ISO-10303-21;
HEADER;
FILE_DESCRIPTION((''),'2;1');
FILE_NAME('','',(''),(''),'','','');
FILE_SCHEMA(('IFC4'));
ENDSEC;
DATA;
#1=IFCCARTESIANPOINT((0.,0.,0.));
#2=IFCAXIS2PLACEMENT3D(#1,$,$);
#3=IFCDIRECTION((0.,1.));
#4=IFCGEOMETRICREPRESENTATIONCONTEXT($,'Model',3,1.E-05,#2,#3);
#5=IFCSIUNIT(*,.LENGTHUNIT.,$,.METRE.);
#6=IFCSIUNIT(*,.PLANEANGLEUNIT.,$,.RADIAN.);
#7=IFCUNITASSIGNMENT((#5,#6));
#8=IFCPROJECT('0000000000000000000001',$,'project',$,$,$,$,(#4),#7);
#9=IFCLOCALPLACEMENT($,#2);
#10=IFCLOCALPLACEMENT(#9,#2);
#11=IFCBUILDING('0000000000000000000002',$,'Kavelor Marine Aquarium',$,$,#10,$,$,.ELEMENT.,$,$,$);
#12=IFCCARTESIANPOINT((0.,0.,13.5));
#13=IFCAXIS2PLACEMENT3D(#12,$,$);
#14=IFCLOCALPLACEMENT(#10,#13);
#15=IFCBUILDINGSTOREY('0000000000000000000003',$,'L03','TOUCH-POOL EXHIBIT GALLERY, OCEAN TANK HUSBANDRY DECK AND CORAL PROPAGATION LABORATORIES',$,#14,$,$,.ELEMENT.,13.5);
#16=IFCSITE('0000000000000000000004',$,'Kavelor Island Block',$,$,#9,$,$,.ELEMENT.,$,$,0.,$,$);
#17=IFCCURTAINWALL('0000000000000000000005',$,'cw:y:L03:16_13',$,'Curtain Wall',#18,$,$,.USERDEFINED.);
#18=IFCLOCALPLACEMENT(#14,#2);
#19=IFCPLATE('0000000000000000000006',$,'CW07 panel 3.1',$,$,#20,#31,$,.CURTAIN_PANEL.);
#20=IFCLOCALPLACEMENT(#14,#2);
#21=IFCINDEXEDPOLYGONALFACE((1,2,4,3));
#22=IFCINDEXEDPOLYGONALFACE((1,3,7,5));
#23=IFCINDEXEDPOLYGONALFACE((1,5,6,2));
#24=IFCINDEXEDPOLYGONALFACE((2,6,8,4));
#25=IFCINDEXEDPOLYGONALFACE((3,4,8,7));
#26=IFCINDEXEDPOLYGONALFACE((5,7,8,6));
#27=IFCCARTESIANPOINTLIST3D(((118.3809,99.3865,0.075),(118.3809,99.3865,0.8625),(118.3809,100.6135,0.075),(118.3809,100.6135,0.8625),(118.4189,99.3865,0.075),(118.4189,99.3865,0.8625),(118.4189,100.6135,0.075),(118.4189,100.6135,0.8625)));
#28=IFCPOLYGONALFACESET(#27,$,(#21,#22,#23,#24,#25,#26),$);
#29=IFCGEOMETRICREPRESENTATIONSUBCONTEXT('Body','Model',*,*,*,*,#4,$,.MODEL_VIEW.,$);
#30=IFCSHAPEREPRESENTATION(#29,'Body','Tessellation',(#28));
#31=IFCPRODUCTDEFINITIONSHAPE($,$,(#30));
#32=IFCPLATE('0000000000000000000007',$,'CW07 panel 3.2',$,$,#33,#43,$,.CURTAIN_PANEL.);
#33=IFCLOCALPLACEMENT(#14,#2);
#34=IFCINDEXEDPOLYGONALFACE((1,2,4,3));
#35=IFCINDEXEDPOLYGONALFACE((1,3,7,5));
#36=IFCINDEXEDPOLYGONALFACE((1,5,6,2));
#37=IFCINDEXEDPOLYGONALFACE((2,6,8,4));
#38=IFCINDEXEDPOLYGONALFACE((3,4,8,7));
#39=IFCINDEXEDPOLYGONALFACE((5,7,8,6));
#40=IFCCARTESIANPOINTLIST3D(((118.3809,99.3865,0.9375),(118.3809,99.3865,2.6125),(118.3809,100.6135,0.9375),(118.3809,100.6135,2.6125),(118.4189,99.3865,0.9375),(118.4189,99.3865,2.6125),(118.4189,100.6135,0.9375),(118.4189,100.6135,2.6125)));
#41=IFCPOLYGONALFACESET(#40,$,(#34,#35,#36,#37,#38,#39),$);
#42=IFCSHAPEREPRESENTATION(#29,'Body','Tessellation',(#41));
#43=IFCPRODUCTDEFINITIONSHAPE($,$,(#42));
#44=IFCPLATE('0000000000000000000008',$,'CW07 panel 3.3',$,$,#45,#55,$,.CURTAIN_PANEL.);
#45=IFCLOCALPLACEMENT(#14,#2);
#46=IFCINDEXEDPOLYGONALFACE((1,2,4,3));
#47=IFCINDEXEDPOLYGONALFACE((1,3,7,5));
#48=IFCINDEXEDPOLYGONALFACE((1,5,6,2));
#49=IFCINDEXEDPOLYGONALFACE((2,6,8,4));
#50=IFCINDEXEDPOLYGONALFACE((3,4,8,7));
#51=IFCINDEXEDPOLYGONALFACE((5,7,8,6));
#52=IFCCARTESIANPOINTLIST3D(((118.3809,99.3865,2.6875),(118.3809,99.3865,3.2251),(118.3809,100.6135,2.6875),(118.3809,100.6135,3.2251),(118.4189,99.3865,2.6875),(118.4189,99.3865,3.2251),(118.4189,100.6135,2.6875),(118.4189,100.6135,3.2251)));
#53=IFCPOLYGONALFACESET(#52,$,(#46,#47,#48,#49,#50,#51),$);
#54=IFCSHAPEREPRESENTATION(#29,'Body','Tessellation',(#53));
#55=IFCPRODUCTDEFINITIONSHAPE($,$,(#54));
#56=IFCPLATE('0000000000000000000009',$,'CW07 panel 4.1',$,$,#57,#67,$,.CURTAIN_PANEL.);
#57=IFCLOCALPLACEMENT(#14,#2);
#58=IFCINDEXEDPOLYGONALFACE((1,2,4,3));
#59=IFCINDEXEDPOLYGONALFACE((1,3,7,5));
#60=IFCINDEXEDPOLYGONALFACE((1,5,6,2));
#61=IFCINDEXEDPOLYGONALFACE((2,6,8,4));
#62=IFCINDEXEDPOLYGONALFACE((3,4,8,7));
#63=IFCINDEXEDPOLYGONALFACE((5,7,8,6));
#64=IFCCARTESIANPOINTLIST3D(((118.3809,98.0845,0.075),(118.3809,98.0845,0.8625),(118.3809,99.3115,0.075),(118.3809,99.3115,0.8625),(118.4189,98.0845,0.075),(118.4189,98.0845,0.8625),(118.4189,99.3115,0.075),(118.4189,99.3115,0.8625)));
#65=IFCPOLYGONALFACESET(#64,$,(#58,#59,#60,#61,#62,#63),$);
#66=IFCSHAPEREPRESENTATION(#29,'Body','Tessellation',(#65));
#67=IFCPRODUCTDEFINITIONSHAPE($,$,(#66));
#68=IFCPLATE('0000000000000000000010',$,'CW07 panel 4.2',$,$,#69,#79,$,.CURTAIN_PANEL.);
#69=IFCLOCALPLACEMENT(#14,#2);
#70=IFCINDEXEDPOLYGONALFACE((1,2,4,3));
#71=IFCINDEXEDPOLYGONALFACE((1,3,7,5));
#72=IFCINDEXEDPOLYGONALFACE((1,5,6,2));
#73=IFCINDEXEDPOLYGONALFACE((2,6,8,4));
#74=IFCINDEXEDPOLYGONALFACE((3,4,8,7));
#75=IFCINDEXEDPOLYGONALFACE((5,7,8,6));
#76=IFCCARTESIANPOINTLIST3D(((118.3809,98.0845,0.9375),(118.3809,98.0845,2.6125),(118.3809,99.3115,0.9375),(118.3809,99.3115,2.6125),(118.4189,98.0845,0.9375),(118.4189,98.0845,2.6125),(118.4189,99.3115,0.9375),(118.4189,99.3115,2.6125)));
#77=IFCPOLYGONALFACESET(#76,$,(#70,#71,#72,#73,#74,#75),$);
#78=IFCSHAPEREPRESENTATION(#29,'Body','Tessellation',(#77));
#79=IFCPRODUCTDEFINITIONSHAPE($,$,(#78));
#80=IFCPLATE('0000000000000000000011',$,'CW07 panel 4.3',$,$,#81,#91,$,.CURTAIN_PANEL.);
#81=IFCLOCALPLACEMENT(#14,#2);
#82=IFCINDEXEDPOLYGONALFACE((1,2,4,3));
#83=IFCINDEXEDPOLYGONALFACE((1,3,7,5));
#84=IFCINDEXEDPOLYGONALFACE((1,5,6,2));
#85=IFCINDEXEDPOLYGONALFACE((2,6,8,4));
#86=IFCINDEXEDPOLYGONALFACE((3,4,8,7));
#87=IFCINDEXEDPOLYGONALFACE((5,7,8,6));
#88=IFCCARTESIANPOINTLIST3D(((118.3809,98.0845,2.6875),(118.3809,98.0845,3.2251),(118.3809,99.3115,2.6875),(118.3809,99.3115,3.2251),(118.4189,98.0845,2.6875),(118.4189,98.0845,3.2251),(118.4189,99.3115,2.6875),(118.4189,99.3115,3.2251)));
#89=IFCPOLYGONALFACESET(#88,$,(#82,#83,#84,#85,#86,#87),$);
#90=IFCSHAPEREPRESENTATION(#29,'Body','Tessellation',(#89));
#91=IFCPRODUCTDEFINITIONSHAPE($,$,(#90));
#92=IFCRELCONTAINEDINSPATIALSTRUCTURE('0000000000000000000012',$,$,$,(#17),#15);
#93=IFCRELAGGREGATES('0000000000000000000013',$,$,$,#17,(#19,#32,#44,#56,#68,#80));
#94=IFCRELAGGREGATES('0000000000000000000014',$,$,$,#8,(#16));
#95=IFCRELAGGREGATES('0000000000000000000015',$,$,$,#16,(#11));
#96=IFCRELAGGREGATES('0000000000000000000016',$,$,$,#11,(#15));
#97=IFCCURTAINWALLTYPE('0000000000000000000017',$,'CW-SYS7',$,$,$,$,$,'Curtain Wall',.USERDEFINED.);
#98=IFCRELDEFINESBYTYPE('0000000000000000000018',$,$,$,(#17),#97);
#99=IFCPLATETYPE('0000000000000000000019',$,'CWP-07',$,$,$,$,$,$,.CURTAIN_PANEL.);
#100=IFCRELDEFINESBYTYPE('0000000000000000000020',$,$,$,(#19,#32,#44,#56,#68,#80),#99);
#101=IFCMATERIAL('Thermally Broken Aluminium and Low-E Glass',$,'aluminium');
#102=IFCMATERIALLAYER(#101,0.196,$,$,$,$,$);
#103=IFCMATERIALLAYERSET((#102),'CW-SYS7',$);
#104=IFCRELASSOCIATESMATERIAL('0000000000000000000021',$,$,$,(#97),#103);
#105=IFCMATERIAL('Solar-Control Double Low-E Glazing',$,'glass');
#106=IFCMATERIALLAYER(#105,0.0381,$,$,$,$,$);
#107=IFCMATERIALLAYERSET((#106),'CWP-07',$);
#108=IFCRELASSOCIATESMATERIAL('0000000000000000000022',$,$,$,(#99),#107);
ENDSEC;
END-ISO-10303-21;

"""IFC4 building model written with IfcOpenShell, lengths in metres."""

from ifc_helpers import new_model, si_unit, direction, frame, origin, origin_2d, place, context, subcontext, project, spatial, rectangle, extrude, material, layer, layer_set, type_object, element, aggregate, save


model = new_model("IFC4")

# Units and contexts
model_context = context("Model", 3, precision=1e-05, world=origin(), true_north=direction((0.0, 1.0)))
body_context = subcontext(model_context, "Body", "Model", "MODEL_VIEW")
ifc_project = project(units=[si_unit("LENGTHUNIT", "METRE"), si_unit("PLANEANGLEUNIT", "RADIAN")], contexts=[model_context])

# Site, building, storey
site_placement = place(None, origin())
site = spatial("IfcSite", under=ifc_project, at=site_placement, Name="Kavelor Island Block", CompositionType="ELEMENT", RefElevation=0.0)
building_placement = place(site_placement, origin())
building = spatial("IfcBuilding", under=site, at=building_placement, Name="Kavelor Marine Aquarium", CompositionType="ELEMENT")
storey_placement = place(building_placement, frame((0.0, 0.0, 13.5)))
storey = spatial("IfcBuildingStorey", under=building, at=storey_placement, Name="L03", Description="TOUCH-POOL EXHIBIT GALLERY, OCEAN TANK HUSBANDRY DECK AND CORAL PROPAGATION LABORATORIES", CompositionType="ELEMENT", Elevation=13.5)

# Curtain wall, plates
ifc_material_1 = material(Name="Thermally Broken Aluminium and Low-E Glass", Category="aluminium")
ifc_layer_1 = layer(ifc_material_1, 0.196)
ifc_layer_set_1 = layer_set([ifc_layer_1], Name="CW-SYS7")
curtain_wall_type = type_object("IfcCurtainWallType", Name="CW-SYS7", ElementType="Curtain Wall", PredefinedType="USERDEFINED", material=ifc_layer_set_1)
curtain_wall_placement = place(storey_placement, origin())
curtain_wall = element("IfcCurtainWall", 1, at=curtain_wall_placement, inside=storey, type_object=curtain_wall_type, Name="cw:y:L03:16_13", ObjectType="Curtain Wall", PredefinedType="USERDEFINED")
ifc_material_2 = material(Name="Solar-Control Double Low-E Glazing", Category="glass")
ifc_layer_2 = layer(ifc_material_2, 0.0381)
ifc_layer_set_2 = layer_set([ifc_layer_2], Name="CWP-07")
plate_type = type_object("IfcPlateType", Name="CWP-07", PredefinedType="CURTAIN_PANEL", material=ifc_layer_set_2)
plate_1_placement = place(storey_placement, frame((118.3999, 100.0, 0.075), z_axis=(0.0, 0.0, 1.0), x_axis=(0.0, -1.0, 0.0)))
plate_1 = element("IfcPlate", 2, at=plate_1_placement, type_object=plate_type, Name="CW07 panel 3.1", PredefinedType="CURTAIN_PANEL", context=body_context, shape_type="SweptSolid", body=[
    extrude(rectangle(XDim=1.2271, YDim=0.0381, at=origin_2d()), origin(), (0.0, 0.0, 1.0), 0.7876),
])
plate_2_placement = place(storey_placement, frame((118.3999, 100.0, 0.9375), z_axis=(0.0, 0.0, 1.0), x_axis=(0.0, -1.0, 0.0)))
plate_2 = element("IfcPlate", 3, at=plate_2_placement, type_object=plate_type, Name="CW07 panel 3.2", PredefinedType="CURTAIN_PANEL", context=body_context, shape_type="SweptSolid", body=[
    extrude(rectangle(XDim=1.2271, YDim=0.0381, at=origin_2d()), origin(), (0.0, 0.0, 1.0), 1.675),
])
plate_3_placement = place(storey_placement, frame((118.3999, 100.0, 2.6875), z_axis=(0.0, 0.0, 1.0), x_axis=(0.0, -1.0, 0.0)))
plate_3 = element("IfcPlate", 4, at=plate_3_placement, type_object=plate_type, Name="CW07 panel 3.3", PredefinedType="CURTAIN_PANEL", context=body_context, shape_type="SweptSolid", body=[
    extrude(rectangle(XDim=1.2271, YDim=0.0381, at=origin_2d()), origin(), (0.0, 0.0, 1.0), 0.5376),
])
plate_4_placement = place(storey_placement, frame((118.3999, 98.698, 0.075), z_axis=(0.0, 0.0, 1.0), x_axis=(0.0, -1.0, 0.0)))
plate_4 = element("IfcPlate", 5, at=plate_4_placement, type_object=plate_type, Name="CW07 panel 4.1", PredefinedType="CURTAIN_PANEL", context=body_context, shape_type="SweptSolid", body=[
    extrude(rectangle(XDim=1.2271, YDim=0.0381, at=origin_2d()), origin(), (0.0, 0.0, 1.0), 0.7876),
])
plate_5_placement = place(storey_placement, frame((118.3999, 98.698, 0.9375), z_axis=(0.0, 0.0, 1.0), x_axis=(0.0, -1.0, 0.0)))
plate_5 = element("IfcPlate", 6, at=plate_5_placement, type_object=plate_type, Name="CW07 panel 4.2", PredefinedType="CURTAIN_PANEL", context=body_context, shape_type="SweptSolid", body=[
    extrude(rectangle(XDim=1.2271, YDim=0.0381, at=origin_2d()), origin(), (0.0, 0.0, 1.0), 1.675),
])
plate_6_placement = place(storey_placement, frame((118.3999, 98.698, 2.6875), z_axis=(0.0, 0.0, 1.0), x_axis=(0.0, -1.0, 0.0)))
plate_6 = element("IfcPlate", 7, at=plate_6_placement, type_object=plate_type, Name="CW07 panel 4.3", PredefinedType="CURTAIN_PANEL", context=body_context, shape_type="SweptSolid", body=[
    extrude(rectangle(XDim=1.2271, YDim=0.0381, at=origin_2d()), origin(), (0.0, 0.0, 1.0), 0.5376),
])
aggregate(curtain_wall, [plate_1, plate_2, plate_3, plate_4, plate_5, plate_6])

save(model, "model.ifc")
